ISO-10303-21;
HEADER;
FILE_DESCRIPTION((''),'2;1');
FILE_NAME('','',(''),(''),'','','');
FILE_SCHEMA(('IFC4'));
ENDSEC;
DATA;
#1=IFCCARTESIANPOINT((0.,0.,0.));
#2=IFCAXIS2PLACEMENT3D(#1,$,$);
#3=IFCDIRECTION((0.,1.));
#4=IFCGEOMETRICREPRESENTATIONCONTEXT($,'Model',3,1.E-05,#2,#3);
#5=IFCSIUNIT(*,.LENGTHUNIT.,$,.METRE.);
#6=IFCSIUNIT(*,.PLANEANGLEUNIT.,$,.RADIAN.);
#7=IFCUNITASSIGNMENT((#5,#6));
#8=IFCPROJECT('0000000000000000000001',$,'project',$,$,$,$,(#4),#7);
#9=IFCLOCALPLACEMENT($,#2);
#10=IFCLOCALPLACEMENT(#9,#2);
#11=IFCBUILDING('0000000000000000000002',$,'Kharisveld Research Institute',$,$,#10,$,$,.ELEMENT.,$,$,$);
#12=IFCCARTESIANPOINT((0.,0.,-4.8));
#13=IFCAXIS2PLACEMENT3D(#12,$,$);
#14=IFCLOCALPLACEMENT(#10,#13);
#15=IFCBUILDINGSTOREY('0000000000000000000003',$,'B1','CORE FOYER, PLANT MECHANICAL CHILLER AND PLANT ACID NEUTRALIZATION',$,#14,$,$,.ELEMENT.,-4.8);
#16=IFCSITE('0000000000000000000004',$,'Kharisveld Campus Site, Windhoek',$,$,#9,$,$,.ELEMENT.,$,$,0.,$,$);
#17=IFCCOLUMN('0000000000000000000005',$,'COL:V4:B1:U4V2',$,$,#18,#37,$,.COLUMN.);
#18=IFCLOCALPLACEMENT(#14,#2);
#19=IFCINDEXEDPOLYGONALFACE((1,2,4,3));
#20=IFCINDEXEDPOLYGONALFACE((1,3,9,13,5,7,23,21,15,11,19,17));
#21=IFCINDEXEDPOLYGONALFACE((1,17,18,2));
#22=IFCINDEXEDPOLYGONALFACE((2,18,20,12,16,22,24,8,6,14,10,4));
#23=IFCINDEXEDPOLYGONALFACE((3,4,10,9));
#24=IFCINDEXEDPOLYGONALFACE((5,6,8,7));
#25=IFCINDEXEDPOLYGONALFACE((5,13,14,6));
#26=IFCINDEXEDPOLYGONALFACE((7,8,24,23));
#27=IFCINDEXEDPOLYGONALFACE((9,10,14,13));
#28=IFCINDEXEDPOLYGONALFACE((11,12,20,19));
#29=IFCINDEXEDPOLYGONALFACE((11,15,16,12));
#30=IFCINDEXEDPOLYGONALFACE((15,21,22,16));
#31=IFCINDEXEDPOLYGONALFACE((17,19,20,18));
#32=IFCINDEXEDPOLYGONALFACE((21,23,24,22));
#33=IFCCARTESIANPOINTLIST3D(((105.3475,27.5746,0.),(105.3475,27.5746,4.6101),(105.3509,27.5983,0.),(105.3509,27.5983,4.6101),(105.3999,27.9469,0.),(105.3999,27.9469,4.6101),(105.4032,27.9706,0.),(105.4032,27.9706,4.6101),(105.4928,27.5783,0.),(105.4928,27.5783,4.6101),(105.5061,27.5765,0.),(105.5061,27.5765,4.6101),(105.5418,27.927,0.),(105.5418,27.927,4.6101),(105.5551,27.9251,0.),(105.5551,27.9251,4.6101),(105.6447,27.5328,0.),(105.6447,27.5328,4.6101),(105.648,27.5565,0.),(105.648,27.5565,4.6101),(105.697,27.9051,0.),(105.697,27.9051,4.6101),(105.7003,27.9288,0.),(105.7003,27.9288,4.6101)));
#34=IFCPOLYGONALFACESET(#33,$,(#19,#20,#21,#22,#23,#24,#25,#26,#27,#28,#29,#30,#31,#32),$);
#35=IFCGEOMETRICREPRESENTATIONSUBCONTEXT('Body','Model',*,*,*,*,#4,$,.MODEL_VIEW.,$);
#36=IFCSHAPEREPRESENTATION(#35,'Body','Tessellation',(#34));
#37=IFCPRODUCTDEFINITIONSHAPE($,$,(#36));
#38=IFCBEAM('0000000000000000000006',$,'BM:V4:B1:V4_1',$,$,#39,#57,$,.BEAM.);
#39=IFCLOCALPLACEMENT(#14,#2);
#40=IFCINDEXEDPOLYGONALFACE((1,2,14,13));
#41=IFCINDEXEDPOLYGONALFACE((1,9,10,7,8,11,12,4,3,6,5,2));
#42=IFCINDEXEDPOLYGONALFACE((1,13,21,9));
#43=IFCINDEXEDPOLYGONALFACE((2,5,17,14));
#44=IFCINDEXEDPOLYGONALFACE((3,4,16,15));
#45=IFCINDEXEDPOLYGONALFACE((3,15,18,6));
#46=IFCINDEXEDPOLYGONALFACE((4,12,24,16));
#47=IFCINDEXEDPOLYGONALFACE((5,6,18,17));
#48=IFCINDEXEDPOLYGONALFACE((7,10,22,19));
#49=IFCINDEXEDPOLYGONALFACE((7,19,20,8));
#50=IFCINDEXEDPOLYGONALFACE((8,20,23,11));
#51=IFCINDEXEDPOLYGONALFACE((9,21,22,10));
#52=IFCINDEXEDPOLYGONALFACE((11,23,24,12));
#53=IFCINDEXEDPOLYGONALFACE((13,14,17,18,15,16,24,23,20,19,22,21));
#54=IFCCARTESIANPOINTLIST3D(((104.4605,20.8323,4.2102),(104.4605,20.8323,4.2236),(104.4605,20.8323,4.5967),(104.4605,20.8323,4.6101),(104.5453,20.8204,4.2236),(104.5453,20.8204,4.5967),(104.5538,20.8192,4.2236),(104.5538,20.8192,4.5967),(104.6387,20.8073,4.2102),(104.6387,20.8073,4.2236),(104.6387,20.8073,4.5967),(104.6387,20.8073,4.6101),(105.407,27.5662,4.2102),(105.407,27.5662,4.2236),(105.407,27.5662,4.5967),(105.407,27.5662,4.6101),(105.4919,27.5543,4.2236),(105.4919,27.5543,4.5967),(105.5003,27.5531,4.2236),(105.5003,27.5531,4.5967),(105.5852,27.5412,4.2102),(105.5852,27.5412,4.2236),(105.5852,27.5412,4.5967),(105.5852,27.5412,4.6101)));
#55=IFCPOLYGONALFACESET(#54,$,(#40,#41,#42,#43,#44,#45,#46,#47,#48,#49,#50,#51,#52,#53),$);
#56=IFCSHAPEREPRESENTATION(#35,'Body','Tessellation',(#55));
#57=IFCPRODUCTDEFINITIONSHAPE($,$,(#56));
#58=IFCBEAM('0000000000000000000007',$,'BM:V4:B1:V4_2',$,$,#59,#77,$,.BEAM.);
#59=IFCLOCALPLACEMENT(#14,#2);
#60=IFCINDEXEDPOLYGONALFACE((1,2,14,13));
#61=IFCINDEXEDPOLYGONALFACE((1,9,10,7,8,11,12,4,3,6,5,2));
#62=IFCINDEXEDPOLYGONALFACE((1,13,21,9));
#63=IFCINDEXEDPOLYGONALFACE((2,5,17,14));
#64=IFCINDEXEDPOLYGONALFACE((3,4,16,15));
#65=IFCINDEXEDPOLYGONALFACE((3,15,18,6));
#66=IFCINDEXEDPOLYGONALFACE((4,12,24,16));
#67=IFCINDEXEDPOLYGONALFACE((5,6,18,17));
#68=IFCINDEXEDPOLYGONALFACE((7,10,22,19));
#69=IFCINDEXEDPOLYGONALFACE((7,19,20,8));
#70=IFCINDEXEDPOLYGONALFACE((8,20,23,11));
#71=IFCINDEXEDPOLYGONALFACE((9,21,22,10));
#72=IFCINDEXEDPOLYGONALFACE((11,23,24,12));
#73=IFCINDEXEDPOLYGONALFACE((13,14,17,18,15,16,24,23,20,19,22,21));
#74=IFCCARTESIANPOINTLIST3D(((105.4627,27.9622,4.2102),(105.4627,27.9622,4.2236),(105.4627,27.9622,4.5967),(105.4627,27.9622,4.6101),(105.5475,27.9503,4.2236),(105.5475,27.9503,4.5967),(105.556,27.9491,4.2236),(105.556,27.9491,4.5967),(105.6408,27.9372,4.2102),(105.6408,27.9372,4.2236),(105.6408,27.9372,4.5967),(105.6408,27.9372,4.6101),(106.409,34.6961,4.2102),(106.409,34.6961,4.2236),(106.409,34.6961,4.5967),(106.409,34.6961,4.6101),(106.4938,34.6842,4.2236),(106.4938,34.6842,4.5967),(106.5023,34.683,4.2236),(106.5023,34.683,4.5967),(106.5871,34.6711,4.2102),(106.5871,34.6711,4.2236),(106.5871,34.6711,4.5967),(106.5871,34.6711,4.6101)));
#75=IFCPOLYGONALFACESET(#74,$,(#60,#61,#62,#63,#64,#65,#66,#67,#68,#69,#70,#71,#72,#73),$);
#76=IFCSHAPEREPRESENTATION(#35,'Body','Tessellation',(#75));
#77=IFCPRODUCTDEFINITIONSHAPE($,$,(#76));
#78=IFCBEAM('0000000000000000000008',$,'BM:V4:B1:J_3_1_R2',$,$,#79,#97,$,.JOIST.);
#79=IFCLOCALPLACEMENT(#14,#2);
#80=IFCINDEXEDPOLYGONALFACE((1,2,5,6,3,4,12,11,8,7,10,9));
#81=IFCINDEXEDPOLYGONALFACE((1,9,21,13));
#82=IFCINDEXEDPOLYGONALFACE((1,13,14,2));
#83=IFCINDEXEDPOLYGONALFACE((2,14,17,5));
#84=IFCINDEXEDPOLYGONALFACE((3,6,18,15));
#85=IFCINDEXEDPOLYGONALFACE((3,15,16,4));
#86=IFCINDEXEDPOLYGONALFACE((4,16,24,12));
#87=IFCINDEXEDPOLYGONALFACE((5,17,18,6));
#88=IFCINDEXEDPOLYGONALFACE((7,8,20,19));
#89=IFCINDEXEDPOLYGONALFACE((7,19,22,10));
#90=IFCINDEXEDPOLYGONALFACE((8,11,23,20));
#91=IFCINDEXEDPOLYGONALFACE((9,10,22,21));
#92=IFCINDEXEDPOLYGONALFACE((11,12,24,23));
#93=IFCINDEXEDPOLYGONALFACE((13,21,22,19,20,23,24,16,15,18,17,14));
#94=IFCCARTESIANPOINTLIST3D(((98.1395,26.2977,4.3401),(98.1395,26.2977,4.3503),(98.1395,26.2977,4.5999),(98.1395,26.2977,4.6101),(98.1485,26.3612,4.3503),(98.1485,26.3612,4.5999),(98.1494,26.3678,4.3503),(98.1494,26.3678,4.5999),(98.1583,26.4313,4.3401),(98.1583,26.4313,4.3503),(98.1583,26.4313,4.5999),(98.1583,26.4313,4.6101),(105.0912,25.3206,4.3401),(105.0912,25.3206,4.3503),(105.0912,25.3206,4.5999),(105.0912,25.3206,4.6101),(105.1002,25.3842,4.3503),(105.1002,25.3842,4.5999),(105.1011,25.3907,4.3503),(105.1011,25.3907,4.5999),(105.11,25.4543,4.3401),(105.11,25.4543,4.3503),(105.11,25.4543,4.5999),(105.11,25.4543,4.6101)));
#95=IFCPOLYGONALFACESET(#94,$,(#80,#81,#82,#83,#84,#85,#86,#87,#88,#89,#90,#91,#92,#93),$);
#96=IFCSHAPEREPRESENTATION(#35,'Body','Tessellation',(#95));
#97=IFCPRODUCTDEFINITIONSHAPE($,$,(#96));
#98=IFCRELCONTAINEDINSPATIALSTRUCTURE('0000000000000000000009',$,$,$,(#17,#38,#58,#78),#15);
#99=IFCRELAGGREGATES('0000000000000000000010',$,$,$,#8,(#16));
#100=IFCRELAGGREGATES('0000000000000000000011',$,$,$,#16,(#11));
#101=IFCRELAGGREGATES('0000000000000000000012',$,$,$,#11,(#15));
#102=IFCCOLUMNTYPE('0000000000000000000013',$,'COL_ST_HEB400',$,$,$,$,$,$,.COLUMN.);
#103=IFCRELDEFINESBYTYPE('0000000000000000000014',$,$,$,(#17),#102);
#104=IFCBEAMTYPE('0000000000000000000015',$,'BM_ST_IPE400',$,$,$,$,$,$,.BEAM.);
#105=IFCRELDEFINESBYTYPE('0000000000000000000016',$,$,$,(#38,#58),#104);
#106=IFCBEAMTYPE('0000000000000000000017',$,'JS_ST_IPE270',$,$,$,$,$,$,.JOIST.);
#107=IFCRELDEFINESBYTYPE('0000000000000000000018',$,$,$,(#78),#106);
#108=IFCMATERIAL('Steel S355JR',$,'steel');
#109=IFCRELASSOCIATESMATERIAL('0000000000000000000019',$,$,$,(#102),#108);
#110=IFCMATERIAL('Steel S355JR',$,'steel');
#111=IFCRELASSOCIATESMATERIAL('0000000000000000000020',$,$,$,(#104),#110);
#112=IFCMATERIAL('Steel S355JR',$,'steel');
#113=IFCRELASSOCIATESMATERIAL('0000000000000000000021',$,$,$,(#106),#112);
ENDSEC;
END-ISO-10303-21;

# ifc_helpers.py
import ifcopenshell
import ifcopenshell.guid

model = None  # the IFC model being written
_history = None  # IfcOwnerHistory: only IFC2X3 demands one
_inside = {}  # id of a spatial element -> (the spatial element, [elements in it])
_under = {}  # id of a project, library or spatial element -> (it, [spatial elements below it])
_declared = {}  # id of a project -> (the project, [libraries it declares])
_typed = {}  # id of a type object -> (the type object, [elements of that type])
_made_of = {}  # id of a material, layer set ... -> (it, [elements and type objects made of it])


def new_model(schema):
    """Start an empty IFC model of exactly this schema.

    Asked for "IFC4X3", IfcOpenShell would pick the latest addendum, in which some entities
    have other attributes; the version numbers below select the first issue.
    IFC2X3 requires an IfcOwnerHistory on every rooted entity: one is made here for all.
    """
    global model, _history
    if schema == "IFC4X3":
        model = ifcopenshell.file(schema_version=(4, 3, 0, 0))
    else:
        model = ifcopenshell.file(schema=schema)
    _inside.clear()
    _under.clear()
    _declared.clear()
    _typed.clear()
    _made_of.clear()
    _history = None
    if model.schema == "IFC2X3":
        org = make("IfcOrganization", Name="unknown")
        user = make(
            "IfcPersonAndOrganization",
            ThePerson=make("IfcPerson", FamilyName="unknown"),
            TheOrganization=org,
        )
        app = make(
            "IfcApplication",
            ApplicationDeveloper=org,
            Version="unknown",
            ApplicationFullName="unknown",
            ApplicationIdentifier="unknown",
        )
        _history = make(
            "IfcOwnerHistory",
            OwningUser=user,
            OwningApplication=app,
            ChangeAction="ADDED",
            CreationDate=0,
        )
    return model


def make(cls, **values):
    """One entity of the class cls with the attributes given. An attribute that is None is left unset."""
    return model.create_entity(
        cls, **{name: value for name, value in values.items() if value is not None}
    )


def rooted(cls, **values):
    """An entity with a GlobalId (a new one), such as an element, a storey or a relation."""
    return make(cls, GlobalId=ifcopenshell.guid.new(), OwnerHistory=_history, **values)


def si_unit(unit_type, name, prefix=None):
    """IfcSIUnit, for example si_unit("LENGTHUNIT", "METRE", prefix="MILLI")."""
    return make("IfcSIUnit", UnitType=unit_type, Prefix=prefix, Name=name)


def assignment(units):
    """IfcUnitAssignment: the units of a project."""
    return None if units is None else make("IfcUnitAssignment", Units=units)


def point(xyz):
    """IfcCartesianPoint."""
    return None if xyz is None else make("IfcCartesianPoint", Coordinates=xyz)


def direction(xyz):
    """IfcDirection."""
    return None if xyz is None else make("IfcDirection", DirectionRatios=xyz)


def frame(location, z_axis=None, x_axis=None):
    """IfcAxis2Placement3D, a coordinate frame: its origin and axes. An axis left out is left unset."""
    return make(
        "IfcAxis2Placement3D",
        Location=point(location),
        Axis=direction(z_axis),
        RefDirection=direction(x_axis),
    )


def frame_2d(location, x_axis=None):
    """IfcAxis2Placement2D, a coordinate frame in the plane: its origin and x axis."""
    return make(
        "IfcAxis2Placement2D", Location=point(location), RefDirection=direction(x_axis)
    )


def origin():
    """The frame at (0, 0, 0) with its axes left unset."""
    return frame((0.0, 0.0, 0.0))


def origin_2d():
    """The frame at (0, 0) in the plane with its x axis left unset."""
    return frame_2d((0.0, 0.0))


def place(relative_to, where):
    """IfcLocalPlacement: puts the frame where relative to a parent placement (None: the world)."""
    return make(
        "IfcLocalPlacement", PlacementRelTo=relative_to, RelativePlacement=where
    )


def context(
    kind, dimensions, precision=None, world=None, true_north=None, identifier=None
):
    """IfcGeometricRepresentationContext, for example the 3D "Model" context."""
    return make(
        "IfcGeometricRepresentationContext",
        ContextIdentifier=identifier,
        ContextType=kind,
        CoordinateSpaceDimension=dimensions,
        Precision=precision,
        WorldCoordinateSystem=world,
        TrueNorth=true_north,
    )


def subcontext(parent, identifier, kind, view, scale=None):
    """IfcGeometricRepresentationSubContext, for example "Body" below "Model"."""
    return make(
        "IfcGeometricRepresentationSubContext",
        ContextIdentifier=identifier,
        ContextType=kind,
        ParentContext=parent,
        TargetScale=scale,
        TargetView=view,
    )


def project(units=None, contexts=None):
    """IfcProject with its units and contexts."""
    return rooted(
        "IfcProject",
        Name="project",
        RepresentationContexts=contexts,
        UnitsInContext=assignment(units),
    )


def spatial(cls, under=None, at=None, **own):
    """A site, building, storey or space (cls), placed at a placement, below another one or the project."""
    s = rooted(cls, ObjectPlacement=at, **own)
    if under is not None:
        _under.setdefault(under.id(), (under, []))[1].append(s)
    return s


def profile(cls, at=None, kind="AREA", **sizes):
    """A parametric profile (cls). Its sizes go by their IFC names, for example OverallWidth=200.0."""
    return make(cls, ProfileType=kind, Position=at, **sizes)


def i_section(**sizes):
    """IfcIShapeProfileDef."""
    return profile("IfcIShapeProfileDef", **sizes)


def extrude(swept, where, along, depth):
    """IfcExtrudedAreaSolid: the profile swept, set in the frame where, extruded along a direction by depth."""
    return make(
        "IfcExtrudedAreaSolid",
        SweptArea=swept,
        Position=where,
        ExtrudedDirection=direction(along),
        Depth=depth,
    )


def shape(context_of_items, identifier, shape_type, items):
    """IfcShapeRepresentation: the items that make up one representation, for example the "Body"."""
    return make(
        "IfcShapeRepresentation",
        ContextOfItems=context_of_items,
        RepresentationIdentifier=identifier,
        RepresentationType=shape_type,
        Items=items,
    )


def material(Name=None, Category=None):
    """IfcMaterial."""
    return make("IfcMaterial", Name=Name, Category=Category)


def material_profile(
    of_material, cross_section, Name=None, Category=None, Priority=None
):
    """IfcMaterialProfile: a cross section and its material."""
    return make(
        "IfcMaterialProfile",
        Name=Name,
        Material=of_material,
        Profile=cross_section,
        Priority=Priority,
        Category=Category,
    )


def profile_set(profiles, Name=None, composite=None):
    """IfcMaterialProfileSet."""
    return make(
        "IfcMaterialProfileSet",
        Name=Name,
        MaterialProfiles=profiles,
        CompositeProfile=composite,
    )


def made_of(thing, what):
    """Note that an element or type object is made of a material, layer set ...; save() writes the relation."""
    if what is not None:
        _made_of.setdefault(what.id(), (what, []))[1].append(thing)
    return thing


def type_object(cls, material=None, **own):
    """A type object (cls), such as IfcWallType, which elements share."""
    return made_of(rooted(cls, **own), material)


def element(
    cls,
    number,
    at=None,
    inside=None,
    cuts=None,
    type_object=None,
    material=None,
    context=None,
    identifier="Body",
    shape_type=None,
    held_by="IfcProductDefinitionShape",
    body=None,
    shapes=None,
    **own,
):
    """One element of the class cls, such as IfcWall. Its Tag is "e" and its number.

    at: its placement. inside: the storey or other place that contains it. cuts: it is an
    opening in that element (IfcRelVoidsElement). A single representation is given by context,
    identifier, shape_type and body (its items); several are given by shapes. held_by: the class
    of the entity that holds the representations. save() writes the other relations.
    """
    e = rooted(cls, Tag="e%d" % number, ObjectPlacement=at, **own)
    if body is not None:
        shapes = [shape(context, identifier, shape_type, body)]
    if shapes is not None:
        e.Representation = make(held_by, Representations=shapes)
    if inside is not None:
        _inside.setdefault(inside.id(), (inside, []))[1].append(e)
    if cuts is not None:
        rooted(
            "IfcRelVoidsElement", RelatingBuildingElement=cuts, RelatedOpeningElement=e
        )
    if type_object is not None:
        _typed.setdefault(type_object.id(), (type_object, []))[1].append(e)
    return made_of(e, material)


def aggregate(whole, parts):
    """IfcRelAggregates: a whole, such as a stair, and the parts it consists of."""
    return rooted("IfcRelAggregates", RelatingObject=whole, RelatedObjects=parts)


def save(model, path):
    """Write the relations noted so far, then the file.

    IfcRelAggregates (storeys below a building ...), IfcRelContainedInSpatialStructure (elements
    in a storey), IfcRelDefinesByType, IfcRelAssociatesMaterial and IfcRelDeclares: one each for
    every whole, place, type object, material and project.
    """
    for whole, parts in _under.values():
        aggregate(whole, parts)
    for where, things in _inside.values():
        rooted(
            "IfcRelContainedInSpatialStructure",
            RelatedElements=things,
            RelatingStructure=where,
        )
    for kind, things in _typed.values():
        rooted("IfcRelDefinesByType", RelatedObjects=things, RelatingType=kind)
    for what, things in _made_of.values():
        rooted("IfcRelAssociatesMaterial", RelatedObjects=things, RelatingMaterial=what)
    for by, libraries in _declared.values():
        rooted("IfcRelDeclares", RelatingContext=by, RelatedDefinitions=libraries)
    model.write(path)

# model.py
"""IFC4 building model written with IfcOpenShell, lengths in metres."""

from ifc_helpers import new_model, si_unit, direction, frame, origin, origin_2d, place, context, subcontext, project, spatial, i_section, extrude, material, material_profile, profile_set, type_object, element, save


model = new_model("IFC4")

# Units and contexts
model_context = context("Model", 3, precision=1e-05, world=origin(), true_north=direction((0.0, 1.0)))
body_context = subcontext(model_context, "Body", "Model", "MODEL_VIEW")
ifc_project = project(units=[si_unit("LENGTHUNIT", "METRE"), si_unit("PLANEANGLEUNIT", "RADIAN")], contexts=[model_context])

# Site, building, storey
site_placement = place(None, origin())
site = spatial("IfcSite", under=ifc_project, at=site_placement, Name="Kharisveld Campus Site, Windhoek", CompositionType="ELEMENT", RefElevation=0.0)
building_placement = place(site_placement, origin())
building = spatial("IfcBuilding", under=site, at=building_placement, Name="Kharisveld Research Institute", CompositionType="ELEMENT")
storey_placement = place(building_placement, frame((0.0, 0.0, -4.8)))
storey = spatial("IfcBuildingStorey", under=building, at=storey_placement, Name="B1", Description="CORE FOYER, PLANT MECHANICAL CHILLER AND PLANT ACID NEUTRALIZATION", CompositionType="ELEMENT", Elevation=-4.8)

# Column
ifc_material_1 = material(Name="Steel S355JR", Category="steel")
ifc_material_profile_1 = material_profile(ifc_material_1, i_section(OverallWidth=0.3, OverallDepth=0.3999, WebThickness=0.0134, FlangeThickness=0.0239, at=origin_2d()))
ifc_profile_set_1 = profile_set([ifc_material_profile_1], Name="Steel S355JR")
column_type = type_object("IfcColumnType", Name="COL_ST_HEB400", PredefinedType="COLUMN", material=ifc_profile_set_1)
for number, where, z_axis, x_axis, name in (
    (1, (105.5239, 27.7517, 0.0), (0.0, 0.0, 1.0), (0.990268, -0.139173, 0.0), "COL:V4:B1:U4V2"),
):
    element("IfcColumn", number, at=place(storey_placement, frame(where, z_axis=z_axis, x_axis=x_axis)), inside=storey, type_object=column_type, Name=name, PredefinedType="COLUMN", context=body_context, shape_type="SweptSolid", body=[
        extrude(i_section(OverallWidth=0.3, OverallDepth=0.3999, WebThickness=0.0134, FlangeThickness=0.0239, at=origin_2d()), origin(), (0.0, 0.0, 1.0), 4.6101),
    ])

# Beams
ifc_material_2 = material(Name="Steel S355JR", Category="steel")
ifc_material_profile_2 = material_profile(ifc_material_2, i_section(OverallWidth=0.1799, OverallDepth=0.3999, WebThickness=0.0085, FlangeThickness=0.0134, at=origin_2d()))
ifc_profile_set_2 = profile_set([ifc_material_profile_2], Name="Steel S355JR")
beam_type_1 = type_object("IfcBeamType", Name="BM_ST_IPE400", PredefinedType="BEAM", material=ifc_profile_set_2)
for number, where, z_axis, x_axis, name in (
    (2, (104.5496, 20.8198, 4.4102), (0.139194, 0.990265, 0.0), (-0.990265, 0.139194, 0.0), "BM:V4:B1:V4_1"),
    (3, (105.5518, 27.9497, 4.4102), (0.139159, 0.99027, 0.0), (-0.99027, 0.139159, 0.0), "BM:V4:B1:V4_2"),
):
    element("IfcBeam", number, at=place(storey_placement, frame(where, z_axis=z_axis, x_axis=x_axis)), inside=storey, type_object=beam_type_1, Name=name, PredefinedType="BEAM", context=body_context, shape_type="SweptSolid", body=[
        extrude(i_section(OverallWidth=0.1799, OverallDepth=0.3999, WebThickness=0.0085, FlangeThickness=0.0134, at=origin_2d()), origin(), (0.0, 0.0, 1.0), 6.8),
    ])
ifc_material_3 = material(Name="Steel S355JR", Category="steel")
ifc_material_profile_3 = material_profile(ifc_material_3, i_section(OverallWidth=0.135, OverallDepth=0.27, WebThickness=0.0066, FlangeThickness=0.0103, at=origin_2d()))
ifc_profile_set_3 = profile_set([ifc_material_profile_3], Name="Steel S355JR")
beam_type_2 = type_object("IfcBeamType", Name="JS_ST_IPE270", PredefinedType="JOIST", material=ifc_profile_set_3)
beam_placement = place(storey_placement, frame((98.1489, 26.3645, 4.4751), z_axis=(0.990267, -0.139181, 0.0), x_axis=(0.139181, 0.990267, 0.0)))
element("IfcBeam", 4, at=beam_placement, inside=storey, type_object=beam_type_2, Name="BM:V4:B1:J_3_1_R2", PredefinedType="JOIST", context=body_context, shape_type="SweptSolid", body=[
    extrude(i_section(OverallWidth=0.135, OverallDepth=0.27, WebThickness=0.0066, FlangeThickness=0.0103, at=origin_2d()), origin(), (0.0, 0.0, 1.0), 7.02),
])

save(model, "model.ifc")
